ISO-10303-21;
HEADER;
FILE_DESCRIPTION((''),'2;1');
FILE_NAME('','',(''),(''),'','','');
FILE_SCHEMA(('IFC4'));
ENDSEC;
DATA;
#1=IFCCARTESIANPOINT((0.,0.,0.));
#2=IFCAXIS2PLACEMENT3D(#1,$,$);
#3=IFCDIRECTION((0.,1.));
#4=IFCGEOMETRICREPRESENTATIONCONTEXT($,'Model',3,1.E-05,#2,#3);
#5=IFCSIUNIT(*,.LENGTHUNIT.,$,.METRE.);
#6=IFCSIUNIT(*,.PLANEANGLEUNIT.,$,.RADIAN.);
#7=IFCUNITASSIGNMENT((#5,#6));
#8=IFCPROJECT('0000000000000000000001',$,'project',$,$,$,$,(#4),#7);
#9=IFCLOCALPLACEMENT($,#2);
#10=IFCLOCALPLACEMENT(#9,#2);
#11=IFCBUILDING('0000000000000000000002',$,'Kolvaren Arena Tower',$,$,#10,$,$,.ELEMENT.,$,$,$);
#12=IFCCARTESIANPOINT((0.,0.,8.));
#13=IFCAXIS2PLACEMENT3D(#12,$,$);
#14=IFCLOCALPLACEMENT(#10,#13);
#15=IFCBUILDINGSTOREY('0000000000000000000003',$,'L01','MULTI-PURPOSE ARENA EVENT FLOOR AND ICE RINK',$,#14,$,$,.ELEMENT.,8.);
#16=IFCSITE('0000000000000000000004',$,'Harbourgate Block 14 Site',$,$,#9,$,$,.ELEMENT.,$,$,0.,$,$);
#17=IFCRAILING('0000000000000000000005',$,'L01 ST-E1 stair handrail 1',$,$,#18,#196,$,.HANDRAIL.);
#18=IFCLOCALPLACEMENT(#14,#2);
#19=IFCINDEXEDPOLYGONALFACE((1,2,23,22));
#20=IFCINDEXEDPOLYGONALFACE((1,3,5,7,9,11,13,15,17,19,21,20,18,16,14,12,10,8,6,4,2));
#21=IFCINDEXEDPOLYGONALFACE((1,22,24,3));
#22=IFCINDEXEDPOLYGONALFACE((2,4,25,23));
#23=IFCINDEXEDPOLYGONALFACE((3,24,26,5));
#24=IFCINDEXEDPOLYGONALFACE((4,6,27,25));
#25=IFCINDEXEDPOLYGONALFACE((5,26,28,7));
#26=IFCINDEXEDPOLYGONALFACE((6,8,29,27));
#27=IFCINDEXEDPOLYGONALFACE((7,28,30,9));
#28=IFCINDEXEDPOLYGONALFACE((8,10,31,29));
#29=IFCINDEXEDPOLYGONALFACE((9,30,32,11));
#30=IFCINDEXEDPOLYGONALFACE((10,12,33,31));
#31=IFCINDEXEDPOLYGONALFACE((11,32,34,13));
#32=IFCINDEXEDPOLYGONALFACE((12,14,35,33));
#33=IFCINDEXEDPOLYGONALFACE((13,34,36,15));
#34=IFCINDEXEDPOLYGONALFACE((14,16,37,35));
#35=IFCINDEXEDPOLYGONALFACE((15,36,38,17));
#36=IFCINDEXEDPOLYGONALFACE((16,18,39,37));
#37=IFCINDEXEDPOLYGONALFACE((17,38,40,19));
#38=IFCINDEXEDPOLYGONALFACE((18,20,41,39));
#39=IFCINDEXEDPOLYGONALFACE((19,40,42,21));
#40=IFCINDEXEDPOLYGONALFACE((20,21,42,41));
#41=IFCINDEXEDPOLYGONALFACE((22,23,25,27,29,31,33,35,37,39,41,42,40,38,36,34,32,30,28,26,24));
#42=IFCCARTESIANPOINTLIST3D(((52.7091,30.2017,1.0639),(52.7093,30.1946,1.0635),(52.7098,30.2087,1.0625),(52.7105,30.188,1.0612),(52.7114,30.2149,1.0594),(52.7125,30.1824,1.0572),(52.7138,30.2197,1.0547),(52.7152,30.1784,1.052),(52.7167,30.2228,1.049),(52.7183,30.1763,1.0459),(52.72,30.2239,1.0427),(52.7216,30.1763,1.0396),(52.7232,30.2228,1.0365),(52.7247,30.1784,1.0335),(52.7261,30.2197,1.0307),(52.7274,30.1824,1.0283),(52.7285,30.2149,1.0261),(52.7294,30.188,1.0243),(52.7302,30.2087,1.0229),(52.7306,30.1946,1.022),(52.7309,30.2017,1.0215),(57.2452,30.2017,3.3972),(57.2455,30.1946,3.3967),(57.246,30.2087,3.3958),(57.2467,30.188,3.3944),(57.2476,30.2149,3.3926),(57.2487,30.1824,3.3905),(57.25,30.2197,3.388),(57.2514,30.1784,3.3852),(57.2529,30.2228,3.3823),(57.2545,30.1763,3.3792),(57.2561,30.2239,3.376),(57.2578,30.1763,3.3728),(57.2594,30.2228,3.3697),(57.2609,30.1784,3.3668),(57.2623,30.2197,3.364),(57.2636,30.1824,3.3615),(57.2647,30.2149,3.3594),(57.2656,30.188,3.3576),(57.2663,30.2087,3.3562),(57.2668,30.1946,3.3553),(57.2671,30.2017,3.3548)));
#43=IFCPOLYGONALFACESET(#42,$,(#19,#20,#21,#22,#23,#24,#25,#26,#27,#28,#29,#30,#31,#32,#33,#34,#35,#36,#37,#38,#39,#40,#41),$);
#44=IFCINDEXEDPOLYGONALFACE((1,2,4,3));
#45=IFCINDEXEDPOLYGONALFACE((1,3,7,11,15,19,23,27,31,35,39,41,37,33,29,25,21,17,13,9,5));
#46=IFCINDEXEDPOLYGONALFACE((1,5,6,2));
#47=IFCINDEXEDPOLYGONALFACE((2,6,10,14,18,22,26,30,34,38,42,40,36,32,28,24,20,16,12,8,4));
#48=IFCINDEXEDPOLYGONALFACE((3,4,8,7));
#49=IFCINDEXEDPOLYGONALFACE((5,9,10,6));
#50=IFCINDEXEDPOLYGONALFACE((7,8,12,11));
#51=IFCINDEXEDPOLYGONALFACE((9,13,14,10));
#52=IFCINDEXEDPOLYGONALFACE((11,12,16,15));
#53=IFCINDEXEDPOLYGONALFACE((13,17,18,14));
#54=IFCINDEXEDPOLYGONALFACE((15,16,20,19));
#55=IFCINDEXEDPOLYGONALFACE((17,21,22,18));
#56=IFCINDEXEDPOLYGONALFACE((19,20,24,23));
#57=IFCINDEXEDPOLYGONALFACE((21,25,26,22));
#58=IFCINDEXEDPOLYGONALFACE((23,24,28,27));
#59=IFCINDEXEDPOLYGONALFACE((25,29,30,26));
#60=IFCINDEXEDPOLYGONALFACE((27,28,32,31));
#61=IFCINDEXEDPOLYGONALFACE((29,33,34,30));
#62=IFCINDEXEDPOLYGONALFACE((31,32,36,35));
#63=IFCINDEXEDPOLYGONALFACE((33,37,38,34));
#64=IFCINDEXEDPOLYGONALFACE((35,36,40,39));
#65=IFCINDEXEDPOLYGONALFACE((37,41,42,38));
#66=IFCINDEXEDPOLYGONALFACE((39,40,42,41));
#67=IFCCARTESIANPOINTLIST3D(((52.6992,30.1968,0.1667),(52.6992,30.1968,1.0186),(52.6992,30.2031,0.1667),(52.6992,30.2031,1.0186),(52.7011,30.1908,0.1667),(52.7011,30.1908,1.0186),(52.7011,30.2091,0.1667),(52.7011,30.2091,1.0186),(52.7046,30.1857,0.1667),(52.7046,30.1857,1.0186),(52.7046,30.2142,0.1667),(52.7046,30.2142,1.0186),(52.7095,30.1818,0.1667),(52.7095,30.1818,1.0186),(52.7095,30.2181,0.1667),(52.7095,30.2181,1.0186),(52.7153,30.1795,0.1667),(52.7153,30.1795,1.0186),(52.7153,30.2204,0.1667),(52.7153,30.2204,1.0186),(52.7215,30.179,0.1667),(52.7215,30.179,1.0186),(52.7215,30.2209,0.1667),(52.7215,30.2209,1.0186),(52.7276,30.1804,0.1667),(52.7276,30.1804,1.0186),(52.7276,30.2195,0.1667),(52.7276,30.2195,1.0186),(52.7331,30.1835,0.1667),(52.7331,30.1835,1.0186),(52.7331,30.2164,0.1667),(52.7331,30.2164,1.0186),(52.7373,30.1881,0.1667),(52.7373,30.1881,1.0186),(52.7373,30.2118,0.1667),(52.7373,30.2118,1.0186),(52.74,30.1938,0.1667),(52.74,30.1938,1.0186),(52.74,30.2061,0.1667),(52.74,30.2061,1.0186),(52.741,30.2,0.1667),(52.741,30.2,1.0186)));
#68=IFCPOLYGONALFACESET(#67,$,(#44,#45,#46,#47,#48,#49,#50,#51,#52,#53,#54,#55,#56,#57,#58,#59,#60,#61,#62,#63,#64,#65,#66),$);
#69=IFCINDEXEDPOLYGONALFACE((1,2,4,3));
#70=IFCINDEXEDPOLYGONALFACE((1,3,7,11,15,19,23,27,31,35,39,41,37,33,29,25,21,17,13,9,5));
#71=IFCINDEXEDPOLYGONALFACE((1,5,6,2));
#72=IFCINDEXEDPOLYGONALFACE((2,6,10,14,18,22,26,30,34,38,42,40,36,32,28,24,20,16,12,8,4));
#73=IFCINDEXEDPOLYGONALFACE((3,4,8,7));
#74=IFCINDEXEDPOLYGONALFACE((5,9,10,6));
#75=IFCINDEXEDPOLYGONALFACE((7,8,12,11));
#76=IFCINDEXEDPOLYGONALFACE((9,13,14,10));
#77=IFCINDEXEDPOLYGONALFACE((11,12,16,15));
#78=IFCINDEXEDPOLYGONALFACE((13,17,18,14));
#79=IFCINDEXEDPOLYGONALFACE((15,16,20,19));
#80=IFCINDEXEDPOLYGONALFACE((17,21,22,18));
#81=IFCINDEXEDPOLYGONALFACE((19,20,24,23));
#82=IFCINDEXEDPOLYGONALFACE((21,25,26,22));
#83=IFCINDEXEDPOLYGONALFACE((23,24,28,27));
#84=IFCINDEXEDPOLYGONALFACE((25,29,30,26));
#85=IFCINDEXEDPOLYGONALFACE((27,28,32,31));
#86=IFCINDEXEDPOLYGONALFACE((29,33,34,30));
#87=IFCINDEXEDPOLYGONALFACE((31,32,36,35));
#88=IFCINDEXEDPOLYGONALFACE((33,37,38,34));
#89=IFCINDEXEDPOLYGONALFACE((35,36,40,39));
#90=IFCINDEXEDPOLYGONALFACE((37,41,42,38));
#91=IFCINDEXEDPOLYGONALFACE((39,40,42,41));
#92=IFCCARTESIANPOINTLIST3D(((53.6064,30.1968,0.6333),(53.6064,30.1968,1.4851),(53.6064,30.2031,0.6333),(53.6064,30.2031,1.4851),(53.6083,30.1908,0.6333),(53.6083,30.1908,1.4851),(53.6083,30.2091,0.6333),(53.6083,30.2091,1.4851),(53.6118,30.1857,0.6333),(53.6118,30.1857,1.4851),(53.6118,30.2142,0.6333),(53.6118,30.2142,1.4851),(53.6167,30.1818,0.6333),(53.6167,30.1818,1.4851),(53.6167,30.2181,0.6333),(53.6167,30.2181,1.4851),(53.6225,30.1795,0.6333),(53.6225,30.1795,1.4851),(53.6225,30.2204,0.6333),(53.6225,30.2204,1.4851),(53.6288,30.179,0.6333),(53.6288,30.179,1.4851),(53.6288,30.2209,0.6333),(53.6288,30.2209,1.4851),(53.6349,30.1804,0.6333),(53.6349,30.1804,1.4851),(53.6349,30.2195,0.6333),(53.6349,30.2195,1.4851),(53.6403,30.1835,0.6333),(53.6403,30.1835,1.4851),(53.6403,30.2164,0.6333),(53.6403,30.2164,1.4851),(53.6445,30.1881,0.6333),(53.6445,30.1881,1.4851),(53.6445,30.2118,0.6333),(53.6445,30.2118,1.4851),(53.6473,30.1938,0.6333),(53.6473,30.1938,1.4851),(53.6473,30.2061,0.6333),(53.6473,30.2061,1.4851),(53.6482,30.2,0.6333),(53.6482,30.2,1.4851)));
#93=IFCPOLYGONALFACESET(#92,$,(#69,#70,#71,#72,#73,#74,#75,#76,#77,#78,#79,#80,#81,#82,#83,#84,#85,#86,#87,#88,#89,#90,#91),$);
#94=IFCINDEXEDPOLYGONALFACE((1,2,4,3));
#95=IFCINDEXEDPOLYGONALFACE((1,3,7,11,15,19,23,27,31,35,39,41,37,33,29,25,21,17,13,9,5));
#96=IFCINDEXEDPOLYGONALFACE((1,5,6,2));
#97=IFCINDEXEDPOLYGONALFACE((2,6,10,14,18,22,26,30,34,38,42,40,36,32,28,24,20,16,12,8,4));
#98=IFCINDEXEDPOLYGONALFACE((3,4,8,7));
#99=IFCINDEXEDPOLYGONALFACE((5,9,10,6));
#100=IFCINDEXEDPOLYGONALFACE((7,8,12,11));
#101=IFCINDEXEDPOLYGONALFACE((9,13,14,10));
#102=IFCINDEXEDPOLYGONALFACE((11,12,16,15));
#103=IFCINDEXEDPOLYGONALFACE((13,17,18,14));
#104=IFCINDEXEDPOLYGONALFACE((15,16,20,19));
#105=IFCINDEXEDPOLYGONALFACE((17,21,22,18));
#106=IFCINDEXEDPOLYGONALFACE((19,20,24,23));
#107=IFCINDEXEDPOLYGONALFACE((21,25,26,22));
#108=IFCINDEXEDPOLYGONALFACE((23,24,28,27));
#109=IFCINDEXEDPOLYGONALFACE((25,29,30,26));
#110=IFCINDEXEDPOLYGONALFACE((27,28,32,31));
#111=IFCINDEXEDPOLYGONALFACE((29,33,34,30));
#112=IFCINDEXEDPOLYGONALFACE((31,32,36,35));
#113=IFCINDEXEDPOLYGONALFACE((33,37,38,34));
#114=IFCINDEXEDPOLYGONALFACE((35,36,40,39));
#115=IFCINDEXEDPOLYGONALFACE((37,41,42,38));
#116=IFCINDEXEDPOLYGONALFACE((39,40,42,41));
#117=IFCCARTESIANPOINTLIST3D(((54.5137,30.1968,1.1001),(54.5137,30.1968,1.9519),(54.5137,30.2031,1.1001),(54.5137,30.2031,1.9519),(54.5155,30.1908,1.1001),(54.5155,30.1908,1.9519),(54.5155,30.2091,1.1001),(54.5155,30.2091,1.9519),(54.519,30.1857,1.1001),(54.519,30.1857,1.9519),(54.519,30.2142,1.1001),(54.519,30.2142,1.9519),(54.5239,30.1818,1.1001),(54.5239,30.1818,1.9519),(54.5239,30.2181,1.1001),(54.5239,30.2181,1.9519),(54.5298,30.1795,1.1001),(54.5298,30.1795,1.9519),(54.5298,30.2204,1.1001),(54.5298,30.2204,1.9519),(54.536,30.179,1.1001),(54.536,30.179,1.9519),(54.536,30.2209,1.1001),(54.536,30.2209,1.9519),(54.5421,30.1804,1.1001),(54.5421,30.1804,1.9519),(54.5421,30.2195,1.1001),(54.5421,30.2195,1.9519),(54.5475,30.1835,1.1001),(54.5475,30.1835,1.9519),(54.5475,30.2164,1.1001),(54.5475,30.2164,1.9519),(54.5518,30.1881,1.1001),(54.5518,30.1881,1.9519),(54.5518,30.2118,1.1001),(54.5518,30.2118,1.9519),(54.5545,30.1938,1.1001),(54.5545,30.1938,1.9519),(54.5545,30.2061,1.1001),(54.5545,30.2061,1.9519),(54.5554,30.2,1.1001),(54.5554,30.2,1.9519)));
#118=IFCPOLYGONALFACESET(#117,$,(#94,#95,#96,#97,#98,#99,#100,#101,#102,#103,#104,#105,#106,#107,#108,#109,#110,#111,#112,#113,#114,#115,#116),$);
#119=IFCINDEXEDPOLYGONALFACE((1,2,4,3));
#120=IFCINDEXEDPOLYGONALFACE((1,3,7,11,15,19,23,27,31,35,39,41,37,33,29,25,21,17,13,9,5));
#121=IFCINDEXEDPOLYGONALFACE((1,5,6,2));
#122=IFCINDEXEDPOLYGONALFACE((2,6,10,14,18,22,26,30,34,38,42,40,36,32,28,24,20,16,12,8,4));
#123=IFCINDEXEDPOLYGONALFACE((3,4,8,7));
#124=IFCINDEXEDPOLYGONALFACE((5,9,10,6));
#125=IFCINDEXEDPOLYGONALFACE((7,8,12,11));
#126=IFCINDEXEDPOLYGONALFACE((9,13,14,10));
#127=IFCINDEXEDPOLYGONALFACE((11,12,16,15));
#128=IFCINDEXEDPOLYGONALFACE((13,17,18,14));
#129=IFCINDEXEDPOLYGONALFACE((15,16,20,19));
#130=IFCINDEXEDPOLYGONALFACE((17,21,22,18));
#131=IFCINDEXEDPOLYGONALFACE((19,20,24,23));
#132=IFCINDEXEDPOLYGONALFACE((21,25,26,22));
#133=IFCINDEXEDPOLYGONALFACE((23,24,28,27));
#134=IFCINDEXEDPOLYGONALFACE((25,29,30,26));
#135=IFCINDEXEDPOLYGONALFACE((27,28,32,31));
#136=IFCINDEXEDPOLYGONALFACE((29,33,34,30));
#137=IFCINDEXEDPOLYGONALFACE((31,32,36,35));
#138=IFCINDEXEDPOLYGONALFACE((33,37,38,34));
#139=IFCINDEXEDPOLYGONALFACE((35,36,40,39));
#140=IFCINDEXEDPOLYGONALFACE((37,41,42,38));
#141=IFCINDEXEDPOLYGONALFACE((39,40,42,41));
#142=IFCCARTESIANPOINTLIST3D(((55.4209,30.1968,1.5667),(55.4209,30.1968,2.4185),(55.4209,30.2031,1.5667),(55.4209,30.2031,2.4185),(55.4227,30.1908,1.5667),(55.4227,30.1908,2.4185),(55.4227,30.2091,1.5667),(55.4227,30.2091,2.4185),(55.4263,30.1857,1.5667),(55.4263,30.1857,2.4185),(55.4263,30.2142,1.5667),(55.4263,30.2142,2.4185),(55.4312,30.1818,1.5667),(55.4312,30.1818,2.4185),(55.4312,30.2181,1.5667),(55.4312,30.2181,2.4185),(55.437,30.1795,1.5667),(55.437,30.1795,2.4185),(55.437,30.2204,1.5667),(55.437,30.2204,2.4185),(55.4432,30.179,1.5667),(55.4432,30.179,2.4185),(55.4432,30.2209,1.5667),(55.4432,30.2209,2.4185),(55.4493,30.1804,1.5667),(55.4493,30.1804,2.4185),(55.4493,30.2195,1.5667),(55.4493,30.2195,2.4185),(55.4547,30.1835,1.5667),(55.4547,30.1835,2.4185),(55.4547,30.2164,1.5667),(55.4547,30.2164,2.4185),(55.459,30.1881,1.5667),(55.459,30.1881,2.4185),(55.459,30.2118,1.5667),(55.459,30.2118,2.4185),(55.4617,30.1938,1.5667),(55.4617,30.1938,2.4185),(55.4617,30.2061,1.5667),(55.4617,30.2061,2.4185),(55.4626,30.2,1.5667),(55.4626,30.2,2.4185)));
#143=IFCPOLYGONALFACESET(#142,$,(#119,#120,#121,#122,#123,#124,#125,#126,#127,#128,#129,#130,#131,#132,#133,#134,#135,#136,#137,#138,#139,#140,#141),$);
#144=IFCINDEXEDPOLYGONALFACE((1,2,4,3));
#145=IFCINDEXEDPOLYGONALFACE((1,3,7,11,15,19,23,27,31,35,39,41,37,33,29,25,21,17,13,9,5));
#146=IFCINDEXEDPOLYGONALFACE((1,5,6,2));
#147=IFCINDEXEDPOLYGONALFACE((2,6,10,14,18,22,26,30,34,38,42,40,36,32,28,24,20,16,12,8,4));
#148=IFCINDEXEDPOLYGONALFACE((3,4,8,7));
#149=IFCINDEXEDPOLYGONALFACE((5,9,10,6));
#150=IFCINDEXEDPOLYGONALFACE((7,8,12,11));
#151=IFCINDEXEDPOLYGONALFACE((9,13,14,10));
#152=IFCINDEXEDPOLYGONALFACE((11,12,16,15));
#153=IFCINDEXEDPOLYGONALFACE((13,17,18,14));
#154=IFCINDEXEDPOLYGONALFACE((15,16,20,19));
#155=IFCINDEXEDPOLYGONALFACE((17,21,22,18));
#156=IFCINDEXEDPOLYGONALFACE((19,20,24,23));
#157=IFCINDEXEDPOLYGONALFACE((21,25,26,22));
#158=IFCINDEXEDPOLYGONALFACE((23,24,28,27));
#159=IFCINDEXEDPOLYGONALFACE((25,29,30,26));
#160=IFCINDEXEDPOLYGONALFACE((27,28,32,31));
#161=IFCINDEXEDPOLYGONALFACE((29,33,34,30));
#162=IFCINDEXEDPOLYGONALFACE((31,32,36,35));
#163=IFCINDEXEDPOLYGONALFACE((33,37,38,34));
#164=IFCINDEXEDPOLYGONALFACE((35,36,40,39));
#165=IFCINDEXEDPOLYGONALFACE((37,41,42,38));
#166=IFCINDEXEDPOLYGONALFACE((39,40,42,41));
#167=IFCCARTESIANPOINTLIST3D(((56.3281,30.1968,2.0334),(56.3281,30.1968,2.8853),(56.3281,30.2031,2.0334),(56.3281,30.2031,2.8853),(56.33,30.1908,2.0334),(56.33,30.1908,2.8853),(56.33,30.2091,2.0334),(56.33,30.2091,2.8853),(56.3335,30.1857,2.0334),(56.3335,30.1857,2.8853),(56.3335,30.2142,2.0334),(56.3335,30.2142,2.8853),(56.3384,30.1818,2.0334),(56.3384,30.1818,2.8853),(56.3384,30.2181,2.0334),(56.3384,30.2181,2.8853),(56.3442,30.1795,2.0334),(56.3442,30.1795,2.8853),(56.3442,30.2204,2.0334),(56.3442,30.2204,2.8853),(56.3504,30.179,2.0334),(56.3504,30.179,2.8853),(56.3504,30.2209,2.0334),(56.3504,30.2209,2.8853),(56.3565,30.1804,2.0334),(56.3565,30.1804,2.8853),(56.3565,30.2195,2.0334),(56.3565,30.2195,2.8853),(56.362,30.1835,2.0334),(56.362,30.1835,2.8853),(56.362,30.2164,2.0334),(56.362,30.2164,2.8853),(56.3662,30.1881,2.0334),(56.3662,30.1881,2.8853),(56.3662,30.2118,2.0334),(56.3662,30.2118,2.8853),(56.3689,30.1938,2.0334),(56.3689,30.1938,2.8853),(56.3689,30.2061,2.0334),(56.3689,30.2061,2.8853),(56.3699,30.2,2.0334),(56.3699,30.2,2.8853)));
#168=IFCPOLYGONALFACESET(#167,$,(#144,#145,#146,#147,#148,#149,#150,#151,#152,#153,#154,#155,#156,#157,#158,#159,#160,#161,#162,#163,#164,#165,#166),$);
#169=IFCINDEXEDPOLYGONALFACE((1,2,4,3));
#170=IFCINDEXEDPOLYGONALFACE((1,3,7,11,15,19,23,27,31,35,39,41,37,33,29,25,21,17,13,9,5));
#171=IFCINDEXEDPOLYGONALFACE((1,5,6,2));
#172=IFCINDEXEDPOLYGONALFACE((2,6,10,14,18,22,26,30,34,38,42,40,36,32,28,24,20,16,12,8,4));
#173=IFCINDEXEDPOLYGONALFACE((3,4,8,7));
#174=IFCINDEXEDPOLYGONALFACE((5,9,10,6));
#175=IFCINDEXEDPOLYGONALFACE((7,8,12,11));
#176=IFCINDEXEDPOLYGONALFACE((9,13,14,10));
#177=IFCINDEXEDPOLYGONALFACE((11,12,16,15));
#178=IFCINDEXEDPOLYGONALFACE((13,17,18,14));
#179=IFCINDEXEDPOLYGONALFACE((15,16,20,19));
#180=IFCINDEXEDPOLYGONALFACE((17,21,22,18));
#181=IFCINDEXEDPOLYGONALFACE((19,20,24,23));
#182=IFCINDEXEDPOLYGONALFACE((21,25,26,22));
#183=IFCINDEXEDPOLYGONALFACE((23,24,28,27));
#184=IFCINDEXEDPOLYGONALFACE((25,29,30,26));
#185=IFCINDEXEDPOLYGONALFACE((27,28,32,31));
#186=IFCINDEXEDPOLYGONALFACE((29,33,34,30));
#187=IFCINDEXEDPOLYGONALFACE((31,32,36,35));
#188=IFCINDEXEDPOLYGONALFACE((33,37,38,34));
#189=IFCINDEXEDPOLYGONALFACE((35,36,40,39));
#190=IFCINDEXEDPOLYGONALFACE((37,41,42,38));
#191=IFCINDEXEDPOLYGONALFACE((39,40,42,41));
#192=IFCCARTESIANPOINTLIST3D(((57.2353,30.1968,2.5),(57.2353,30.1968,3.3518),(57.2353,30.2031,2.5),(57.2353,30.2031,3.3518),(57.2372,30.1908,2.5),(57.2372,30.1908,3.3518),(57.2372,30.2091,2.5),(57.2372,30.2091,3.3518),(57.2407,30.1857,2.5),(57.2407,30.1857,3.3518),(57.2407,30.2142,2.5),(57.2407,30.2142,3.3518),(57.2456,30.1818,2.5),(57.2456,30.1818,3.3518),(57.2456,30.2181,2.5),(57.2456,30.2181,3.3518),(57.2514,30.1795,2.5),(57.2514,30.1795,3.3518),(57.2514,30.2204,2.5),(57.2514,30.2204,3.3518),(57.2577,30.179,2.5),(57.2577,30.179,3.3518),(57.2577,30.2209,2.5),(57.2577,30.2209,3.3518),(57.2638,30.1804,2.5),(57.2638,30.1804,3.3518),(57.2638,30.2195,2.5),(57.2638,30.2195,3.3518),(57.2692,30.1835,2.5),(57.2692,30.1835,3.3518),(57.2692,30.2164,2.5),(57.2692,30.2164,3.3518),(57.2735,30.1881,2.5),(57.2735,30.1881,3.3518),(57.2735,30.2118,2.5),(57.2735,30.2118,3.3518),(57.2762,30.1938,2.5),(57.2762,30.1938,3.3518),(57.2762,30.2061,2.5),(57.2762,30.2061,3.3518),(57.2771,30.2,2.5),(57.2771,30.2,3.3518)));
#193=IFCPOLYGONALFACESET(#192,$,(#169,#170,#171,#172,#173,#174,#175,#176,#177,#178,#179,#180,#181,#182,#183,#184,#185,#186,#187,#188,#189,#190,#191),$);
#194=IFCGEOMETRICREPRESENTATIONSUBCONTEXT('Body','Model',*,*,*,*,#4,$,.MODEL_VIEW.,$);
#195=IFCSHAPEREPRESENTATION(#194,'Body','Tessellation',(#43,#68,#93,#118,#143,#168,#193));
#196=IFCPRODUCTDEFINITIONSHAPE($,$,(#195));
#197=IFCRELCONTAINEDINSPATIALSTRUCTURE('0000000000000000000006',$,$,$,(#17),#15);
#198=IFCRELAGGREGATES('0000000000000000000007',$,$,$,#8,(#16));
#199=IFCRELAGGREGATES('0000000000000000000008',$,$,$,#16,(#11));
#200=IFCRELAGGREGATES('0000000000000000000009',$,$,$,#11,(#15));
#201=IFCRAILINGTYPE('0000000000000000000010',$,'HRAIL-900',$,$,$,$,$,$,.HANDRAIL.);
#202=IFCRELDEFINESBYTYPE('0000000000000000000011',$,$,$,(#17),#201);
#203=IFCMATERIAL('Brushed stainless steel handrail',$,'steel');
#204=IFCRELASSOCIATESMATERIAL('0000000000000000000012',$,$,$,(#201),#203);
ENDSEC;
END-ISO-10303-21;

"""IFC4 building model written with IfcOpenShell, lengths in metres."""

from ifc_helpers import new_model, si_unit, direction, frame, origin, origin_2d, place, context, subcontext, project, spatial, circle, extrude, material, type_object, element, save


model = new_model("IFC4")

# Units and contexts
model_context = context("Model", 3, precision=1e-05, world=origin(), true_north=direction((0.0, 1.0)))
body_context = subcontext(model_context, "Body", "Model", "MODEL_VIEW")
ifc_project = project(units=[si_unit("LENGTHUNIT", "METRE"), si_unit("PLANEANGLEUNIT", "RADIAN")], contexts=[model_context])

# Site, building, storey
site_placement = place(None, origin())
site = spatial("IfcSite", under=ifc_project, at=site_placement, Name="Harbourgate Block 14 Site", CompositionType="ELEMENT", RefElevation=0.0)
building_placement = place(site_placement, origin())
building = spatial("IfcBuilding", under=site, at=building_placement, Name="Kolvaren Arena Tower", CompositionType="ELEMENT")
storey_placement = place(building_placement, frame((0.0, 0.0, 8.0)))
storey = spatial("IfcBuildingStorey", under=building, at=storey_placement, Name="L01", Description="MULTI-PURPOSE ARENA EVENT FLOOR AND ICE RINK", CompositionType="ELEMENT", Elevation=8.0)

# Railing
ifc_material_1 = material(Name="Brushed stainless steel handrail", Category="steel")
railing_type_1 = type_object("IfcRailingType", Name="HRAIL-900", PredefinedType="HANDRAIL", material=ifc_material_1)
for number, where, name in (
    (1, (52.72, 30.2, 0.1667), "L01 ST-E1 stair handrail 1"),
):
    element("IfcRailing", number, at=place(storey_placement, frame(where)), inside=storey, type_object=railing_type_1, Name=name, PredefinedType="HANDRAIL", context=body_context, shape_type="SweptSolid", body=[
        extrude(circle(Radius=0.0239, at=origin_2d()), frame((0.0, 0.0, 0.876), z_axis=(0.889257, 0.0, 0.457407), x_axis=(0.0, 1.0, 0.0)), (0.0, 0.0, 1.0), 5.1011),
        extrude(circle(Radius=0.021, at=origin_2d()), origin(), (0.0, 0.0, 1.0), 0.8518),
        extrude(circle(Radius=0.021, at=origin_2d()), frame((0.9072, 0.0, 0.4666)), (0.0, 0.0, 1.0), 0.8518),
        extrude(circle(Radius=0.021, at=origin_2d()), frame((1.8145, 0.0, 0.9333)), (0.0, 0.0, 1.0), 0.8518),
        extrude(circle(Radius=0.021, at=origin_2d()), frame((2.7217, 0.0, 1.3999)), (0.0, 0.0, 1.0), 0.8518),
        extrude(circle(Radius=0.021, at=origin_2d()), frame((3.6289, 0.0, 1.8667)), (0.0, 0.0, 1.0), 0.8518),
        extrude(circle(Radius=0.021, at=origin_2d()), frame((4.5361, 0.0, 2.3333)), (0.0, 0.0, 1.0), 0.8518),
    ])

save(model, "model.ifc")
